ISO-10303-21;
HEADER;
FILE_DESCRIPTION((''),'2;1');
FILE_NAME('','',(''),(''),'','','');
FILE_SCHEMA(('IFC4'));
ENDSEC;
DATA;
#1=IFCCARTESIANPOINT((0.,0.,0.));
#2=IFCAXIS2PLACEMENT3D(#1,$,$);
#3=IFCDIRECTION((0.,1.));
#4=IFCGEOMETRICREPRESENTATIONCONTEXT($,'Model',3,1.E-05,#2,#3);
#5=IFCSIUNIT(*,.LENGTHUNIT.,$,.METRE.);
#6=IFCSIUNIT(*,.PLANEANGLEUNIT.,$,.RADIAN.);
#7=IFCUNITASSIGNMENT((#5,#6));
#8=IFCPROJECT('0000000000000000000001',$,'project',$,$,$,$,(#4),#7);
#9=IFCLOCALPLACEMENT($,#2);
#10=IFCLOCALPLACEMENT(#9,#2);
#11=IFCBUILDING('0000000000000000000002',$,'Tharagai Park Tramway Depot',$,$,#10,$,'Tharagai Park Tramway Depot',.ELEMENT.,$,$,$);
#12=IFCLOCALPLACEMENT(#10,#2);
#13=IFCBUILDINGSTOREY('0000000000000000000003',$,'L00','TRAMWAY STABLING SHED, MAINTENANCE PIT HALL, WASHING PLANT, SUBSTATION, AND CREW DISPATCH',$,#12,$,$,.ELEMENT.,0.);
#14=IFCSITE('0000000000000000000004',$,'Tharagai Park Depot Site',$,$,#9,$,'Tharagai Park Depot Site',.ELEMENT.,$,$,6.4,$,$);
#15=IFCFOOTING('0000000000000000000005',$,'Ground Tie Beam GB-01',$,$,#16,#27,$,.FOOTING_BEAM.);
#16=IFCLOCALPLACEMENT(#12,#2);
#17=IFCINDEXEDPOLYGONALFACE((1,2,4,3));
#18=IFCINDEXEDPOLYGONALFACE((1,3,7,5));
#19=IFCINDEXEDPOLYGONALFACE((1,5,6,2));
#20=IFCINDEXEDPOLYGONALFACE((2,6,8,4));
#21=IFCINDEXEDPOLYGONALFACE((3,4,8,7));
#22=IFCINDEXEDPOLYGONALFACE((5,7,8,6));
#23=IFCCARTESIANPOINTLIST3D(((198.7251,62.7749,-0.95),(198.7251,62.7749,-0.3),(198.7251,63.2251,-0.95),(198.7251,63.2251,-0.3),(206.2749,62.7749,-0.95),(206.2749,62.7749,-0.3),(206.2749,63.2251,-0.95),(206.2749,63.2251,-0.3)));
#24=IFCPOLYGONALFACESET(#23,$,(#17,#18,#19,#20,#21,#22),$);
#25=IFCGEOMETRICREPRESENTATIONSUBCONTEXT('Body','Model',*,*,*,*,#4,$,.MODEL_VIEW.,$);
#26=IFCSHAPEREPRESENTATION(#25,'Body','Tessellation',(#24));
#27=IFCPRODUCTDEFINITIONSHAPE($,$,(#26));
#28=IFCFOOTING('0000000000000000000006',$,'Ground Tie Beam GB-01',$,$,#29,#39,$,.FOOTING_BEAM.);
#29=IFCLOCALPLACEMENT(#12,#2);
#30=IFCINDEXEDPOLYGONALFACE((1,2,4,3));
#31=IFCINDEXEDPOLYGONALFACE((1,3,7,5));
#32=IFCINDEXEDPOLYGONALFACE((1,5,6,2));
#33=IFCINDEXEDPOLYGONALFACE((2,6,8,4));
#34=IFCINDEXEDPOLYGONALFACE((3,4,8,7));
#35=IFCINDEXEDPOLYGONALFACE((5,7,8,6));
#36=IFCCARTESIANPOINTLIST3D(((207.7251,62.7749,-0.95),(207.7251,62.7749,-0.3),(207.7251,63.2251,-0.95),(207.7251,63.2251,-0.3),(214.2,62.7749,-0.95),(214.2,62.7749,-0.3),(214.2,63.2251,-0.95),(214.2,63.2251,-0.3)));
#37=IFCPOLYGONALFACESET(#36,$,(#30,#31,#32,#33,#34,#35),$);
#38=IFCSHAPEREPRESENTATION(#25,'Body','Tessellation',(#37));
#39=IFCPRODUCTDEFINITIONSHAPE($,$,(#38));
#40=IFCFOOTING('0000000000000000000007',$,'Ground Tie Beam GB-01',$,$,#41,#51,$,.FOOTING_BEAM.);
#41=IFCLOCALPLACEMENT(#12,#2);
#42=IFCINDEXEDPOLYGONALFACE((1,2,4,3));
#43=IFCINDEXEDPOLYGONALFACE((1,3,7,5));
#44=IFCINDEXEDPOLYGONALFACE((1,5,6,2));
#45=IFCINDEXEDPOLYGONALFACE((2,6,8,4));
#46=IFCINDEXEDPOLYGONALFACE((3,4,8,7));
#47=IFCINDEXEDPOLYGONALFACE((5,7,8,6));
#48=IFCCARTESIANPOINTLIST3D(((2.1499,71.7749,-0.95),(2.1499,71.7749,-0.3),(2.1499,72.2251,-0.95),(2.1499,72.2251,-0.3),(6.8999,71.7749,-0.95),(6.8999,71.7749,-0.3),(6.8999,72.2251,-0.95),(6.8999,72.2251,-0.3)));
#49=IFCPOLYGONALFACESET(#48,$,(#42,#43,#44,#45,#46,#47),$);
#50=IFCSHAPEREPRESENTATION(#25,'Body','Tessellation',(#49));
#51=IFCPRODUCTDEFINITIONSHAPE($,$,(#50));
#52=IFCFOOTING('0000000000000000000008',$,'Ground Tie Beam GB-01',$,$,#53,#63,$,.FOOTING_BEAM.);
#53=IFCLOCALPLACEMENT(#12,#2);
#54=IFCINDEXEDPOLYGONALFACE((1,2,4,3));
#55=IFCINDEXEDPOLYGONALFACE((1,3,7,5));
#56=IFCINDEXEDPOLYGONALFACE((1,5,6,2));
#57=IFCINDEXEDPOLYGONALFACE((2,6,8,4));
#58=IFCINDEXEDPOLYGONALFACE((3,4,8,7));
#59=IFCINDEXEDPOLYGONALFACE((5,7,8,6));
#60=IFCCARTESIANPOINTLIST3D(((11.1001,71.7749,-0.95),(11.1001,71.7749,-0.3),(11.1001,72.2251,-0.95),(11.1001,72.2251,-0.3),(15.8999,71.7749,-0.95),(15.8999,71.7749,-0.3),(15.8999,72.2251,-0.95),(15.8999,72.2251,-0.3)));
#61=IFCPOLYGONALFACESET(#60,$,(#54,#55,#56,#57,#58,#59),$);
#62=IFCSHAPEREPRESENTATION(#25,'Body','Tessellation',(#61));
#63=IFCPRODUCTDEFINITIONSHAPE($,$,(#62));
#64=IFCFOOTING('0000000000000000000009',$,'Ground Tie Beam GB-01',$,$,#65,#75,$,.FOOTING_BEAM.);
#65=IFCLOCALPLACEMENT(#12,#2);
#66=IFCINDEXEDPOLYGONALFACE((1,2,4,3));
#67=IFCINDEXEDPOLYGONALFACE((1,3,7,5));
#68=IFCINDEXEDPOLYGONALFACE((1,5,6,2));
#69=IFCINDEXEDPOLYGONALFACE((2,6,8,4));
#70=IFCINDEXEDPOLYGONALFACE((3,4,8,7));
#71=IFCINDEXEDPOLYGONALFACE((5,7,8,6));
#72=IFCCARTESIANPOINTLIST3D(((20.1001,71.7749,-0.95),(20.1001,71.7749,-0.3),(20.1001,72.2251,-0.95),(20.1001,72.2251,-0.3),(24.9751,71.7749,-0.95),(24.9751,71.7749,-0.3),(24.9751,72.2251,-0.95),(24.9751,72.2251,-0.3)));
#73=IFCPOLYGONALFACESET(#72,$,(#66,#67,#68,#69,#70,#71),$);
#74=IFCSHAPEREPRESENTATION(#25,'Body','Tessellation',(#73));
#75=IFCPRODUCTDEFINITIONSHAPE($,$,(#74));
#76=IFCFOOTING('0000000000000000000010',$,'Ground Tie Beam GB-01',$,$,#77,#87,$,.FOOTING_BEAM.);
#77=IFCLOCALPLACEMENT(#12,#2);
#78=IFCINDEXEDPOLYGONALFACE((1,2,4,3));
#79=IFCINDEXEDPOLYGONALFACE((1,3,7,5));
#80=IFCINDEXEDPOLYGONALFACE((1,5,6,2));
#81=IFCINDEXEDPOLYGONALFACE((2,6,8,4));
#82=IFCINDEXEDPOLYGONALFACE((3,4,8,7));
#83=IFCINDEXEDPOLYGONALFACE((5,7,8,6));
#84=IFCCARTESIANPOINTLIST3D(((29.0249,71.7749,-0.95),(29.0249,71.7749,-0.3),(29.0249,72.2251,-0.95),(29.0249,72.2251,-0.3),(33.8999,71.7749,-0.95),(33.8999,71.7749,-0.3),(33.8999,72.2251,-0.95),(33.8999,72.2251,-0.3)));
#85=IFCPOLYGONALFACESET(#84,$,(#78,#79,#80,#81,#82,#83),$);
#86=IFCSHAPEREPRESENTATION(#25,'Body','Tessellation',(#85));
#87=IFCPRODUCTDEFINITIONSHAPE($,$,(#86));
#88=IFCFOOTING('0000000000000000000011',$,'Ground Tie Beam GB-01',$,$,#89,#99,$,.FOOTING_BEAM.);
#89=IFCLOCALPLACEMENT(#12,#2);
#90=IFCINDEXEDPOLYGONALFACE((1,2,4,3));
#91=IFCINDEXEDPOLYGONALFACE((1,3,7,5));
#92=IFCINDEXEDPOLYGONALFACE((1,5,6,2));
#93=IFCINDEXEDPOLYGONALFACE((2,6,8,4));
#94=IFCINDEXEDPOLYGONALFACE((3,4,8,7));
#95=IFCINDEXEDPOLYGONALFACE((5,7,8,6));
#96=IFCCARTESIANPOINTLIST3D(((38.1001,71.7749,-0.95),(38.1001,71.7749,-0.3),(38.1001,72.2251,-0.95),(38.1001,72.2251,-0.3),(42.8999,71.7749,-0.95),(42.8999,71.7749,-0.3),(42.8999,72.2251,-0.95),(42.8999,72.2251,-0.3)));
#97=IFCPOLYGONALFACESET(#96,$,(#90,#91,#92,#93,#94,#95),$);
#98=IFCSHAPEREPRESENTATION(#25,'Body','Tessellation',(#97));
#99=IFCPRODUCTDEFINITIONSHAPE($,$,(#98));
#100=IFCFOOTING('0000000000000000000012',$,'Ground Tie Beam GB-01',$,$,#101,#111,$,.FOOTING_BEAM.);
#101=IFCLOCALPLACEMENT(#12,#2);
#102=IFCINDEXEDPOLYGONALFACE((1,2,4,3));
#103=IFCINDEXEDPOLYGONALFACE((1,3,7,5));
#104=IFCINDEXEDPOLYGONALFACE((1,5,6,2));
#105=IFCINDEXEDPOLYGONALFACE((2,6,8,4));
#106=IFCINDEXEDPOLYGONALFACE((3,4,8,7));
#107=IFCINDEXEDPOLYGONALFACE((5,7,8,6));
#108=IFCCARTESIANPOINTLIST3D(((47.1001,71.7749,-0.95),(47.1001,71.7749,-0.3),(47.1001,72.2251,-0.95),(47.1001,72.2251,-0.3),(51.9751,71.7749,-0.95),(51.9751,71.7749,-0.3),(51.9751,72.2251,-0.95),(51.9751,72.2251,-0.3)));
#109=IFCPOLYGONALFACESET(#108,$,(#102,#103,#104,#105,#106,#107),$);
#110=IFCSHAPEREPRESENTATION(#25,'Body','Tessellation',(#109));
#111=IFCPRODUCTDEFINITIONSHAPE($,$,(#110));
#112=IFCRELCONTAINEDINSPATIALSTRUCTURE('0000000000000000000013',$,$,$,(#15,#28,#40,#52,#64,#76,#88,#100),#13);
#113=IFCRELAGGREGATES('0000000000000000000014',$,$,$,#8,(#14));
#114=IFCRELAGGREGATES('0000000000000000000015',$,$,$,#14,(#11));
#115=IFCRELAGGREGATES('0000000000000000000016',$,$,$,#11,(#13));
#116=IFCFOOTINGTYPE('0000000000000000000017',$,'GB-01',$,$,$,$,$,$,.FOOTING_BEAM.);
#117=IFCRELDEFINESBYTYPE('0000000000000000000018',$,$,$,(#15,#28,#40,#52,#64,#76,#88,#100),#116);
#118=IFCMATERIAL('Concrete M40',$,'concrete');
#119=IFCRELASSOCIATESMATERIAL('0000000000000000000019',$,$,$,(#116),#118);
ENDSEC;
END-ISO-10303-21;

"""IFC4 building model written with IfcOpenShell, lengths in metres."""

from ifc_helpers import new_model, si_unit, direction, frame, origin, place, context, subcontext, project, spatial, polyline, outline, extrude, material, type_object, element, save


model = new_model("IFC4")

# Units and contexts
model_context = context("Model", 3, precision=1e-05, world=origin(), true_north=direction((0.0, 1.0)))
body_context = subcontext(model_context, "Body", "Model", "MODEL_VIEW")
ifc_project = project(units=[si_unit("LENGTHUNIT", "METRE"), si_unit("PLANEANGLEUNIT", "RADIAN")], contexts=[model_context])

# Site, building, storey
site_placement = place(None, origin())
site = spatial("IfcSite", under=ifc_project, at=site_placement, Name="Tharagai Park Depot Site", LongName="Tharagai Park Depot Site", CompositionType="ELEMENT", RefElevation=6.4)
building_placement = place(site_placement, origin())
building = spatial("IfcBuilding", under=site, at=building_placement, Name="Tharagai Park Tramway Depot", LongName="Tharagai Park Tramway Depot", CompositionType="ELEMENT")
storey_placement = place(building_placement, origin())
storey = spatial("IfcBuildingStorey", under=building, at=storey_placement, Name="L00", Description="TRAMWAY STABLING SHED, MAINTENANCE PIT HALL, WASHING PLANT, SUBSTATION, AND CREW DISPATCH", CompositionType="ELEMENT", Elevation=0.0)

# Footings
ifc_material = material(Name="Concrete M40", Category="concrete")
footing_type = type_object("IfcFootingType", Name="GB-01", PredefinedType="FOOTING_BEAM", material=ifc_material)
footing_1_placement = place(storey_placement, frame((0.0, 0.0, -0.95)))
element("IfcFooting", 1, at=footing_1_placement, inside=storey, type_object=footing_type, Name="Ground Tie Beam GB-01", PredefinedType="FOOTING_BEAM", context=body_context, shape_type="SweptSolid", body=[
    extrude(outline(polyline([(198.7251, 62.7749), (206.2749, 62.7749), (206.2749, 63.2251), (198.7251, 63.2251), (198.7251, 62.7749)])), origin(), (0.0, 0.0, 1.0), 0.6499),
])
footing_2_placement = place(storey_placement, frame((0.0, 0.0, -0.95)))
element("IfcFooting", 2, at=footing_2_placement, inside=storey, type_object=footing_type, Name="Ground Tie Beam GB-01", PredefinedType="FOOTING_BEAM", context=body_context, shape_type="SweptSolid", body=[
    extrude(outline(polyline([(207.7251, 62.7749), (214.2, 62.7749), (214.2, 63.2251), (207.7251, 63.2251), (207.7251, 62.7749)])), origin(), (0.0, 0.0, 1.0), 0.6499),
])
footing_3_placement = place(storey_placement, frame((0.0, 0.0, -0.95)))
element("IfcFooting", 3, at=footing_3_placement, inside=storey, type_object=footing_type, Name="Ground Tie Beam GB-01", PredefinedType="FOOTING_BEAM", context=body_context, shape_type="SweptSolid", body=[
    extrude(outline(polyline([(2.1499, 71.7749), (6.8999, 71.7749), (6.8999, 72.2251), (2.1499, 72.2251), (2.1499, 71.7749)])), origin(), (0.0, 0.0, 1.0), 0.6499),
])
footing_4_placement = place(storey_placement, frame((0.0, 0.0, -0.95)))
element("IfcFooting", 4, at=footing_4_placement, inside=storey, type_object=footing_type, Name="Ground Tie Beam GB-01", PredefinedType="FOOTING_BEAM", context=body_context, shape_type="SweptSolid", body=[
    extrude(outline(polyline([(11.1001, 71.7749), (15.8999, 71.7749), (15.8999, 72.2251), (11.1001, 72.2251), (11.1001, 71.7749)])), origin(), (0.0, 0.0, 1.0), 0.6499),
])
footing_5_placement = place(storey_placement, frame((0.0, 0.0, -0.95)))
element("IfcFooting", 5, at=footing_5_placement, inside=storey, type_object=footing_type, Name="Ground Tie Beam GB-01", PredefinedType="FOOTING_BEAM", context=body_context, shape_type="SweptSolid", body=[
    extrude(outline(polyline([(20.1001, 71.7749), (24.9751, 71.7749), (24.9751, 72.2251), (20.1001, 72.2251), (20.1001, 71.7749)])), origin(), (0.0, 0.0, 1.0), 0.6499),
])
footing_6_placement = place(storey_placement, frame((0.0, 0.0, -0.95)))
element("IfcFooting", 6, at=footing_6_placement, inside=storey, type_object=footing_type, Name="Ground Tie Beam GB-01", PredefinedType="FOOTING_BEAM", context=body_context, shape_type="SweptSolid", body=[
    extrude(outline(polyline([(29.0249, 71.7749), (33.8999, 71.7749), (33.8999, 72.2251), (29.0249, 72.2251), (29.0249, 71.7749)])), origin(), (0.0, 0.0, 1.0), 0.6499),
])
footing_7_placement = place(storey_placement, frame((0.0, 0.0, -0.95)))
element("IfcFooting", 7, at=footing_7_placement, inside=storey, type_object=footing_type, Name="Ground Tie Beam GB-01", PredefinedType="FOOTING_BEAM", context=body_context, shape_type="SweptSolid", body=[
    extrude(outline(polyline([(38.1001, 71.7749), (42.8999, 71.7749), (42.8999, 72.2251), (38.1001, 72.2251), (38.1001, 71.7749)])), origin(), (0.0, 0.0, 1.0), 0.6499),
])
footing_8_placement = place(storey_placement, frame((0.0, 0.0, -0.95)))
element("IfcFooting", 8, at=footing_8_placement, inside=storey, type_object=footing_type, Name="Ground Tie Beam GB-01", PredefinedType="FOOTING_BEAM", context=body_context, shape_type="SweptSolid", body=[
    extrude(outline(polyline([(47.1001, 71.7749), (51.9751, 71.7749), (51.9751, 72.2251), (47.1001, 72.2251), (47.1001, 71.7749)])), origin(), (0.0, 0.0, 1.0), 0.6499),
])

save(model, "model.ifc")
